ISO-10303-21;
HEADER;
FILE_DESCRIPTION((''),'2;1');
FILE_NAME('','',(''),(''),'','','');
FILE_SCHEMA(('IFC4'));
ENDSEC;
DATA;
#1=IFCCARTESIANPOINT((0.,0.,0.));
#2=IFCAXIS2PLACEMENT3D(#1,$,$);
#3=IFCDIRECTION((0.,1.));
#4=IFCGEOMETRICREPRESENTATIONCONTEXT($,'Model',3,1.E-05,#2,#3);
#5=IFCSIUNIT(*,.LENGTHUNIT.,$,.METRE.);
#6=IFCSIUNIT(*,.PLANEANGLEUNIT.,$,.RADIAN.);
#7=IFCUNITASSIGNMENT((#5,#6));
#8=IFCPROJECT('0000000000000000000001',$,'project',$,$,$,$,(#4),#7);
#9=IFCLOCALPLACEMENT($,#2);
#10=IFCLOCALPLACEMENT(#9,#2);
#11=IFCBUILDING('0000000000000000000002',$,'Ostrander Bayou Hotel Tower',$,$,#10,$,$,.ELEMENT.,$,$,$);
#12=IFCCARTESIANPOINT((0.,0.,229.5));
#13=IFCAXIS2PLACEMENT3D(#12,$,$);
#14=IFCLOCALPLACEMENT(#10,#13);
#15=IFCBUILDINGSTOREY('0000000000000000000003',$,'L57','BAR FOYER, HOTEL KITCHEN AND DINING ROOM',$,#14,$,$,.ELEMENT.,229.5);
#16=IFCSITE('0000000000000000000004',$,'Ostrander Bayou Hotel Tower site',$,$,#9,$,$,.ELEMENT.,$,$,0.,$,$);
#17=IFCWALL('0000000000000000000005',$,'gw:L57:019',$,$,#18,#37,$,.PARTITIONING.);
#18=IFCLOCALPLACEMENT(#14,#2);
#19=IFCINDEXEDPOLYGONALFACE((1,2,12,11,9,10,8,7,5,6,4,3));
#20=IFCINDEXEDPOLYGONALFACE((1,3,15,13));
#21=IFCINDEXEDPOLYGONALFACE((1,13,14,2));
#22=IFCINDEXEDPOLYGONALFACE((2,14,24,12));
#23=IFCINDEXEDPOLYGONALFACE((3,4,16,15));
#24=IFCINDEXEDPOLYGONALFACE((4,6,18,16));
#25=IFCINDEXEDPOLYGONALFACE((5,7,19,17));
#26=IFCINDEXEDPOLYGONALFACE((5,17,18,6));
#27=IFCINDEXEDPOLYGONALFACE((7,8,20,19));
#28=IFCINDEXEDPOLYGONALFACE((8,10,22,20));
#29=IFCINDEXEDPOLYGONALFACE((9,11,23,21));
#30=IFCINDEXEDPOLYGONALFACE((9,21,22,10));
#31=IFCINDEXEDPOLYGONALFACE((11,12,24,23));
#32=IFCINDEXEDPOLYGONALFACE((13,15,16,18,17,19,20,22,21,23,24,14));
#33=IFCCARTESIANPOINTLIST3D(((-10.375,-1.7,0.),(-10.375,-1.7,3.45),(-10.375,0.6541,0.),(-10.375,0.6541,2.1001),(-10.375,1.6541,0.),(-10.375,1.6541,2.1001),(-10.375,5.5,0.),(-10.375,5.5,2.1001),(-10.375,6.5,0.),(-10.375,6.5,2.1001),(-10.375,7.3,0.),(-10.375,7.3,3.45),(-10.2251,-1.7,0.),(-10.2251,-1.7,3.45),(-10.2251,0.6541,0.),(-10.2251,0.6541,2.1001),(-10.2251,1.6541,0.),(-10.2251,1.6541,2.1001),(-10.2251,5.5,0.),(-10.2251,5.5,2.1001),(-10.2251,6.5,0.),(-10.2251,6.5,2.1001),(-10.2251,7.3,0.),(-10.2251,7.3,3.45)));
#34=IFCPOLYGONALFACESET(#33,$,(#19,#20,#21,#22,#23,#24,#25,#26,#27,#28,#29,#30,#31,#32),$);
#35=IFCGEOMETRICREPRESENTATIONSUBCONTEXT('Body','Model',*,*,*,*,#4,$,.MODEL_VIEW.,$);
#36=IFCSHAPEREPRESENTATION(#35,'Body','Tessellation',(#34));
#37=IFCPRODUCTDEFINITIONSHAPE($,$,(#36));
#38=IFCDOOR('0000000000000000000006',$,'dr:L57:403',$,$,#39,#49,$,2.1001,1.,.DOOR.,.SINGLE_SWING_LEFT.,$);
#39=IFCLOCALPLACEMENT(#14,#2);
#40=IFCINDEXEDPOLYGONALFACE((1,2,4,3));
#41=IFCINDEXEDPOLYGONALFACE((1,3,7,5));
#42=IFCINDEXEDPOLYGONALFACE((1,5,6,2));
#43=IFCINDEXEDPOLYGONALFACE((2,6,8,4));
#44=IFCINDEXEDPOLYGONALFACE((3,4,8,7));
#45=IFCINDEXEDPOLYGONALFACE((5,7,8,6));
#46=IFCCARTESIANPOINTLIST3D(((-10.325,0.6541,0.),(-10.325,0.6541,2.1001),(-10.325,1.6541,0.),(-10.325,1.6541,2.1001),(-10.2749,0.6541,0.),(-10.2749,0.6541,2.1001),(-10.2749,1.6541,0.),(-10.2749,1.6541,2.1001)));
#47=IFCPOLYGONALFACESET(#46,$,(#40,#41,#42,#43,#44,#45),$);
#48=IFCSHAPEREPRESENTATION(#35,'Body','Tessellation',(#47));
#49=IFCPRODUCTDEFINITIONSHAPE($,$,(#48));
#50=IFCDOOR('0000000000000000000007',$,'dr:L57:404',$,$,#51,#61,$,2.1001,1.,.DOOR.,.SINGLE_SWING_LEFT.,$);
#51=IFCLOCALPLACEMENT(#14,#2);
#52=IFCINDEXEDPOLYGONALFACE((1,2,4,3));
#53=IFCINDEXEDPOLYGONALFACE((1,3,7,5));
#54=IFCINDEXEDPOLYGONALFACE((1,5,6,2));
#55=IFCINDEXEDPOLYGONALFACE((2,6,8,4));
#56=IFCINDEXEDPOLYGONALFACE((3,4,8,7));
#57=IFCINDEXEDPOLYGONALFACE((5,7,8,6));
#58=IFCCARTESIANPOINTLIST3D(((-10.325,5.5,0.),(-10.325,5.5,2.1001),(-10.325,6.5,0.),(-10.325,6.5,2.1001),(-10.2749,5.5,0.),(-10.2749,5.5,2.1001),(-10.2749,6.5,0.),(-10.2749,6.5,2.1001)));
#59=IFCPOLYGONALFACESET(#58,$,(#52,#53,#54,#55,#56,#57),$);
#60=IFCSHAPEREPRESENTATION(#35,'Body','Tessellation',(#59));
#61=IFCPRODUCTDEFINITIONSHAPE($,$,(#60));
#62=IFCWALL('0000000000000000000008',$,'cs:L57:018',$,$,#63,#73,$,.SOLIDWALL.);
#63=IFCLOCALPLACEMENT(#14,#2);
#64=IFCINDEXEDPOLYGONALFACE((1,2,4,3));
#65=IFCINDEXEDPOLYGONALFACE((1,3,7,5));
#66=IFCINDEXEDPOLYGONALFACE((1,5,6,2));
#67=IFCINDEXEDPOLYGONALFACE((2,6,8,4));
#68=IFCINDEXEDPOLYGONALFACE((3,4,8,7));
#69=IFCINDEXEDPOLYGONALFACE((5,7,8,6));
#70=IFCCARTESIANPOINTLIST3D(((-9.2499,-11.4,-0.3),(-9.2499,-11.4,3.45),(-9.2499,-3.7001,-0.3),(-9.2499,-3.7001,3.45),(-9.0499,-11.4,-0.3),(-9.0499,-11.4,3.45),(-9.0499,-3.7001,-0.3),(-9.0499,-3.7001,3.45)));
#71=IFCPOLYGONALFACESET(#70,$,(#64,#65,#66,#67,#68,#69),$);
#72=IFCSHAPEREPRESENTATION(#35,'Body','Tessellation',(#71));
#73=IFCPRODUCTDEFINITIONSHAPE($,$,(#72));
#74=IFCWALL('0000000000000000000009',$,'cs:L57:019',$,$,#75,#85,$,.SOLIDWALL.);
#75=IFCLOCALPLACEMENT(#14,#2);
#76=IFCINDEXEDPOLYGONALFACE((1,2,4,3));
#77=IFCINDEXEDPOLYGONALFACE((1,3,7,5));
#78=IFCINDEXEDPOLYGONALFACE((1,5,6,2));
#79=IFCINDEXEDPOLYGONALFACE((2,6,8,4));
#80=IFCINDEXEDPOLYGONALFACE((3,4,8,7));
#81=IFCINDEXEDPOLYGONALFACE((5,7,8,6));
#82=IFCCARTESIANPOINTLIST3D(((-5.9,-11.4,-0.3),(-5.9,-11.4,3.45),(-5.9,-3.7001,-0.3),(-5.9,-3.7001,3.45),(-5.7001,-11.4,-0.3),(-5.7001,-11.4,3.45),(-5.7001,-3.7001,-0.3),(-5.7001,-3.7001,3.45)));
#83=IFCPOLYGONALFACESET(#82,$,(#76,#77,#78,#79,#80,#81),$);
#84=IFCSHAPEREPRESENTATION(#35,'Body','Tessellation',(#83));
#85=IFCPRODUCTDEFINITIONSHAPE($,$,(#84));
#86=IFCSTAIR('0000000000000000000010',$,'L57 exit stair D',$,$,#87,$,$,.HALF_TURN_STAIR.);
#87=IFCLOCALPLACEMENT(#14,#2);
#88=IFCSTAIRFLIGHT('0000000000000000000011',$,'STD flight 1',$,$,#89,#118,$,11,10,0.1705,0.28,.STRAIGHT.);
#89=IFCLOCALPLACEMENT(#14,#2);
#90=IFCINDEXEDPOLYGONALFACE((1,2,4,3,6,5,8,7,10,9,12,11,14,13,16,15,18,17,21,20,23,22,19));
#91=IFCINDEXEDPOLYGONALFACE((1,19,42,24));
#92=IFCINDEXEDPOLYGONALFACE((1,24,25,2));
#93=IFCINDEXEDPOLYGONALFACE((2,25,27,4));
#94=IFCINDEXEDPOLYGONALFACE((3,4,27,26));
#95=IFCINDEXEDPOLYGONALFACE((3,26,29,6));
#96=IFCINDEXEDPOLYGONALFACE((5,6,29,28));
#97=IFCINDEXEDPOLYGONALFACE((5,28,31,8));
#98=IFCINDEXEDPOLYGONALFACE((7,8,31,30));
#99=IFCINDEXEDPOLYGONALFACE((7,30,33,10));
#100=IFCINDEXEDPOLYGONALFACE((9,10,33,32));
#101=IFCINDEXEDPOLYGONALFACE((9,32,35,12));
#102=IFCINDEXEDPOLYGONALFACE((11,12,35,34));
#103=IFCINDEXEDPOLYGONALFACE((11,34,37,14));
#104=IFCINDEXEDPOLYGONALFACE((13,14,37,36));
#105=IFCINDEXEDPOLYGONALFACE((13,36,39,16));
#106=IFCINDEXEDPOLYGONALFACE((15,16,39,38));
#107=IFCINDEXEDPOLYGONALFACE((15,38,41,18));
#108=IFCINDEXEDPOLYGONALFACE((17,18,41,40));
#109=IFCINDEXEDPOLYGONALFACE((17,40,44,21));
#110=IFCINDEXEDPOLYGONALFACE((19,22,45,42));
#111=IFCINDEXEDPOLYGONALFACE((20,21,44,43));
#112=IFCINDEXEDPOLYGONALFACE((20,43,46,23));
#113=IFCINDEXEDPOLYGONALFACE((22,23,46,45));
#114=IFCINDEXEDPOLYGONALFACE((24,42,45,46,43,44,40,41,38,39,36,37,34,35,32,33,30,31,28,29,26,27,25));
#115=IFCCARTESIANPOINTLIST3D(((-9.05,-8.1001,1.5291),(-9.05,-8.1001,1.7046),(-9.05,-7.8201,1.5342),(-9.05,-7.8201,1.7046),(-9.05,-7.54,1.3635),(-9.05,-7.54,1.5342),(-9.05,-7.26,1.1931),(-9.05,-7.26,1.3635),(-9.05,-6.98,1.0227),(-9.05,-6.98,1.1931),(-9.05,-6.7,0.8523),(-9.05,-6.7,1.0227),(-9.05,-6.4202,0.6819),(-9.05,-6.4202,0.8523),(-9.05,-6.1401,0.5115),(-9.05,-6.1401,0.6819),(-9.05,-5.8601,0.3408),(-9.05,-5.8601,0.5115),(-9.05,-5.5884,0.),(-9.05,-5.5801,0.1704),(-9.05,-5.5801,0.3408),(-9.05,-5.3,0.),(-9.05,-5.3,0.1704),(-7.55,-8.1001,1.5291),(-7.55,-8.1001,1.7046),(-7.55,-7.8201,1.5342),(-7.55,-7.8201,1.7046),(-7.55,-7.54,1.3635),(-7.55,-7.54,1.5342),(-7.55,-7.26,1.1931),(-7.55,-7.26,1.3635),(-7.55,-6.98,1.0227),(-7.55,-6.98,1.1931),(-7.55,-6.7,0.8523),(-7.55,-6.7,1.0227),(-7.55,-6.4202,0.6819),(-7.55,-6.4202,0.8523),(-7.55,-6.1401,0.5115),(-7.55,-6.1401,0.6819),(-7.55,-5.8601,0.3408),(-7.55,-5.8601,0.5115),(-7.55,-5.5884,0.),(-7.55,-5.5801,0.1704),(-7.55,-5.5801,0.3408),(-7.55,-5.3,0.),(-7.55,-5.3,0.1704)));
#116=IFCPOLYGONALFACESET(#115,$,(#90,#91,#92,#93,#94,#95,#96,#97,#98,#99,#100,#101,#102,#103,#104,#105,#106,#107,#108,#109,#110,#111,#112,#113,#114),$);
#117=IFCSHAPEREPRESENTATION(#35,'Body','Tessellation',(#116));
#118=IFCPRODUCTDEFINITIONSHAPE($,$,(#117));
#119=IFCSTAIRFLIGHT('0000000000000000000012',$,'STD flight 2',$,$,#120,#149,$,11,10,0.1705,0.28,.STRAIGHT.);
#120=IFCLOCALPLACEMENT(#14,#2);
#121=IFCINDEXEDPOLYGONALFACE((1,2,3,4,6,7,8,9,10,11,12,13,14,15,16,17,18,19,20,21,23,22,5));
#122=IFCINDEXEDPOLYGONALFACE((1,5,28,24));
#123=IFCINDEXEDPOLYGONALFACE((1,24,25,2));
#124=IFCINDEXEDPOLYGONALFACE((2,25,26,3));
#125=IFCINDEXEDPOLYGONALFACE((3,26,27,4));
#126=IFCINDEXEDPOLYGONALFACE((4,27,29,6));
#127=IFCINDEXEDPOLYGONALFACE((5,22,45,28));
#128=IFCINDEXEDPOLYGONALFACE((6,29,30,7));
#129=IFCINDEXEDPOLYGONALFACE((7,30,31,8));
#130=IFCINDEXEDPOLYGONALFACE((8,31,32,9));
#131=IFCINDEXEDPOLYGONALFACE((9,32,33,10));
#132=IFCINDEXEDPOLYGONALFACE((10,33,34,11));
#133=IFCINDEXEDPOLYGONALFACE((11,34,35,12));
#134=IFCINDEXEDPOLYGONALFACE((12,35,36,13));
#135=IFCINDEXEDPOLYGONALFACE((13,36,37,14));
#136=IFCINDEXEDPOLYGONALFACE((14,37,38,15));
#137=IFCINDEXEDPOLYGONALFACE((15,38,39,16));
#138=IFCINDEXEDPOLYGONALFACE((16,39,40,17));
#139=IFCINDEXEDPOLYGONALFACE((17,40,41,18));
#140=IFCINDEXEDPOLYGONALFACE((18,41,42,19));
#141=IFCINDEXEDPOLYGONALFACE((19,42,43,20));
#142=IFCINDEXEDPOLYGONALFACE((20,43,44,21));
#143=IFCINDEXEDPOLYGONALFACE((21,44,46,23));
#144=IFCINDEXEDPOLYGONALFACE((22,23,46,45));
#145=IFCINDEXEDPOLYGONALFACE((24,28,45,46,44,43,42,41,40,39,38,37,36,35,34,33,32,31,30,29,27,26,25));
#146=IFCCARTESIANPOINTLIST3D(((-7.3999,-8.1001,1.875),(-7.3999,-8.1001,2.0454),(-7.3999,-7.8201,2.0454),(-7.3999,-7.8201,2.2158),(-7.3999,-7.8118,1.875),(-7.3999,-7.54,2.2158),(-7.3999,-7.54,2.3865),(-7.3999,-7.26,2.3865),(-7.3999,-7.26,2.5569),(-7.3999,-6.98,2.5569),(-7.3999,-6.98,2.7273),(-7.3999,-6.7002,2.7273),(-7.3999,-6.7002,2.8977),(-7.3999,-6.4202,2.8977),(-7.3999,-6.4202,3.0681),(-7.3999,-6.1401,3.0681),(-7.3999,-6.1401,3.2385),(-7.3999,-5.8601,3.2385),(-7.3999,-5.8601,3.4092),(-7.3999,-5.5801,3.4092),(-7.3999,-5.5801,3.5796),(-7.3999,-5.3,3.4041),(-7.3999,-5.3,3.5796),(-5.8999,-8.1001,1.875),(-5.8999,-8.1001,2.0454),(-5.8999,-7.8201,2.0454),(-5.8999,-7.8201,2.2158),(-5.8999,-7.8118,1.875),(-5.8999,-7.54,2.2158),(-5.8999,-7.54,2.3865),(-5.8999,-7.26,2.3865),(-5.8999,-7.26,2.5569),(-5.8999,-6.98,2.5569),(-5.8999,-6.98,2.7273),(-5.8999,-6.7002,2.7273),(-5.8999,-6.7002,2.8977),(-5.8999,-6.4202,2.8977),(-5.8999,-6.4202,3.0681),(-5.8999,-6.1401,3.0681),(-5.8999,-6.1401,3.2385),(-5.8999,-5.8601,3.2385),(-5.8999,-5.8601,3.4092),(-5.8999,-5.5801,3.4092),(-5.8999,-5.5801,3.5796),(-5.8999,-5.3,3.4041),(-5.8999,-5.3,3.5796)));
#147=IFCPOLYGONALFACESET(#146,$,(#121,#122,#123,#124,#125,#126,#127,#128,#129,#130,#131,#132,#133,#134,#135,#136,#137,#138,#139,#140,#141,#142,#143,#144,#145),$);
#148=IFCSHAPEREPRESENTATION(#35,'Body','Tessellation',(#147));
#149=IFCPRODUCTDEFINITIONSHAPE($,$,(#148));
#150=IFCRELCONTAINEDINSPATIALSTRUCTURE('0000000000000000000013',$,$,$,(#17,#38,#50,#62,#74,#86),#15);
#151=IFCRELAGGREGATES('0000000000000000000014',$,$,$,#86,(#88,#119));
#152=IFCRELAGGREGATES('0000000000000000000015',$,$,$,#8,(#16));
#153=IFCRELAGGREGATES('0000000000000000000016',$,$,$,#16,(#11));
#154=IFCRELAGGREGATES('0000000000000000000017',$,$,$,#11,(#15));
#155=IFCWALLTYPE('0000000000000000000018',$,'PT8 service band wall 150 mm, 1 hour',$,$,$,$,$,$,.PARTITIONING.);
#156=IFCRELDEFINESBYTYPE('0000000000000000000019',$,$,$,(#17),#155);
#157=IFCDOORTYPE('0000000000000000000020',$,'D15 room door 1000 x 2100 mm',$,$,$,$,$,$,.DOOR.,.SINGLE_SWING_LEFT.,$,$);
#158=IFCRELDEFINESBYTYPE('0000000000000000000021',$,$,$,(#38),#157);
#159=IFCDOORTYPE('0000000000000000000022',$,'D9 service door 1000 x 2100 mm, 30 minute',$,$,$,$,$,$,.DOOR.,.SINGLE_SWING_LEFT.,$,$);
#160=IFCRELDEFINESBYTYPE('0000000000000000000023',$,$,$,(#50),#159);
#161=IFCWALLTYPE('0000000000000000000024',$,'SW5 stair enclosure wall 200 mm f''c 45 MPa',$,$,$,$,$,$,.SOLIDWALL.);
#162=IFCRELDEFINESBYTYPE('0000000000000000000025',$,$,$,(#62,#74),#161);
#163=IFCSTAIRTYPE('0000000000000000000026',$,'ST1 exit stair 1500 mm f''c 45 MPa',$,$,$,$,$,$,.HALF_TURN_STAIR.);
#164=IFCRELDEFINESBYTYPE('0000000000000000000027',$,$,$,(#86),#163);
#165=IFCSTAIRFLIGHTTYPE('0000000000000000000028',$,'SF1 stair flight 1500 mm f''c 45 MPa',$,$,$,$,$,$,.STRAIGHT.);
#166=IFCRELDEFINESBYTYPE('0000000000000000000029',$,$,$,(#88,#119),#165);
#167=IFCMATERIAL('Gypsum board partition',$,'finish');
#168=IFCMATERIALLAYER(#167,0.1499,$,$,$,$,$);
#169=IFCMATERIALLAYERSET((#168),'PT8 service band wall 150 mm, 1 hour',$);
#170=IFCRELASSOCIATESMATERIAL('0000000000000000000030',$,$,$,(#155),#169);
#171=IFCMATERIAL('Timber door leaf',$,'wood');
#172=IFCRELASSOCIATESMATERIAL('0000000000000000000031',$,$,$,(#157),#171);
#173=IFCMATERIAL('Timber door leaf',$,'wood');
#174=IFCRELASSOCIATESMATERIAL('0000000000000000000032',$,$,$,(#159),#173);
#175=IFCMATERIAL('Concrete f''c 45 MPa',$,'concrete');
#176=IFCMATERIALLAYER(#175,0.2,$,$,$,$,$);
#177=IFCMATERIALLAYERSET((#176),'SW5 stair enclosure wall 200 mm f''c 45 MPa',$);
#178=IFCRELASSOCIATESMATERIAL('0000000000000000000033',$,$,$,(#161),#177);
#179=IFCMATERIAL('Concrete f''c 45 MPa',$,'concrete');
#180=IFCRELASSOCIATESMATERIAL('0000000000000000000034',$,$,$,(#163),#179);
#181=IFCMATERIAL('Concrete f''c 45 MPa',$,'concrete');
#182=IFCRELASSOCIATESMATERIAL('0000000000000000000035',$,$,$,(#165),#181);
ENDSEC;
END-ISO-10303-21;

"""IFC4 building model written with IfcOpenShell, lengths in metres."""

from ifc_helpers import new_model, si_unit, direction, frame, frame_2d, origin, place, context, subcontext, project, spatial, polyline, rectangle, outline, extrude, material, layer, layer_set, type_object, element, fill, aggregate, save


model = new_model("IFC4")

# Units and contexts
model_context = context("Model", 3, precision=1e-05, world=origin(), true_north=direction((0.0, 1.0)))
body_context = subcontext(model_context, "Body", "Model", "MODEL_VIEW")
ifc_project = project(units=[si_unit("LENGTHUNIT", "METRE"), si_unit("PLANEANGLEUNIT", "RADIAN")], contexts=[model_context])

# Site, building, storey
site_placement = place(None, origin())
site = spatial("IfcSite", under=ifc_project, at=site_placement, Name="Ostrander Bayou Hotel Tower site", CompositionType="ELEMENT", RefElevation=0.0)
building_placement = place(site_placement, origin())
building = spatial("IfcBuilding", under=site, at=building_placement, Name="Ostrander Bayou Hotel Tower", CompositionType="ELEMENT")
storey_placement = place(building_placement, frame((0.0, 0.0, 229.5)))
storey = spatial("IfcBuildingStorey", under=building, at=storey_placement, Name="L57", Description="BAR FOYER, HOTEL KITCHEN AND DINING ROOM", CompositionType="ELEMENT", Elevation=229.5)

# Shared definitions
ifc_material_1 = material(Name="Gypsum board partition", Category="finish")
ifc_layer_1 = layer(ifc_material_1, 0.1499)
ifc_layer_set_1 = layer_set([ifc_layer_1], Name="PT8 service band wall 150 mm, 1 hour")
wall_type_1 = type_object("IfcWallType", Name="PT8 service band wall 150 mm, 1 hour", PredefinedType="PARTITIONING", material=ifc_layer_set_1)

# Shared definitions
ifc_material_2 = material(Name="Timber door leaf", Category="wood")
door_type_1 = type_object("IfcDoorType", Name="D15 room door 1000 x 2100 mm", OperationType="SINGLE_SWING_LEFT", PredefinedType="DOOR", material=ifc_material_2)

# Wall, openings, doors
wall_1_placement = place(storey_placement, frame((-10.3, -1.7, 0.0), z_axis=(0.0, 0.0, 1.0), x_axis=(0.0, 1.0, 0.0)))
wall_1 = element("IfcWall", 1, at=wall_1_placement, inside=storey, type_object=wall_type_1, Name="gw:L57:019", PredefinedType="PARTITIONING", context=body_context, shape_type="SweptSolid", body=[
    extrude(rectangle(XDim=9.0, YDim=0.1499, at=frame_2d((4.5, 0.0))), origin(), (0.0, 0.0, 1.0), 3.45),
])
opening_1_placement = place(wall_1_placement, frame((2.354, 0.0, 0.0)))
opening_1 = element("IfcOpeningElement", 2, at=opening_1_placement, cuts=wall_1, PredefinedType="OPENING", context=body_context, shape_type="SweptSolid", body=[
    extrude(rectangle(XDim=1.0, YDim=2.1001, at=frame_2d((0.5, 1.05))), frame((0.0, 0.075, 0.0), z_axis=(0.0, -1.0, 0.0), x_axis=(1.0, 0.0, 0.0)), (0.0, 0.0, 1.0), 0.1499),
])
opening_2_placement = place(wall_1_placement, frame((7.2, 0.0, 0.0)))
opening_2 = element("IfcOpeningElement", 3, at=opening_2_placement, cuts=wall_1, PredefinedType="OPENING", context=body_context, shape_type="SweptSolid", body=[
    extrude(rectangle(XDim=1.0, YDim=2.1001, at=frame_2d((0.5, 1.05))), frame((0.0, 0.075, 0.0), z_axis=(0.0, -1.0, 0.0), x_axis=(1.0, 0.0, 0.0)), (0.0, 0.0, 1.0), 0.1499),
])
door_1_placement = place(opening_1_placement, origin())
door_1 = element("IfcDoor", 4, at=door_1_placement, inside=storey, type_object=door_type_1, Name="dr:L57:403", OperationType="SINGLE_SWING_LEFT", OverallHeight=2.1001, OverallWidth=1.0, PredefinedType="DOOR", context=body_context, shape_type="SweptSolid", body=[
    extrude(rectangle(XDim=1.0, YDim=2.1001, at=frame_2d((0.5, 1.05))), frame((0.0, 0.0249, 0.0), z_axis=(0.0, -1.0, 0.0), x_axis=(1.0, 0.0, 0.0)), (0.0, 0.0, 1.0), 0.05),
])
fill(opening_1, door_1)
ifc_material_3 = material(Name="Timber door leaf", Category="wood")
door_type_2 = type_object("IfcDoorType", Name="D9 service door 1000 x 2100 mm, 30 minute", OperationType="SINGLE_SWING_LEFT", PredefinedType="DOOR", material=ifc_material_3)
door_2_placement = place(opening_2_placement, origin())
door_2 = element("IfcDoor", 5, at=door_2_placement, inside=storey, type_object=door_type_2, Name="dr:L57:404", OperationType="SINGLE_SWING_LEFT", OverallHeight=2.1001, OverallWidth=1.0, PredefinedType="DOOR", context=body_context, shape_type="SweptSolid", body=[
    extrude(rectangle(XDim=1.0, YDim=2.1001, at=frame_2d((0.5, 1.05))), frame((0.0, 0.0249, 0.0), z_axis=(0.0, -1.0, 0.0), x_axis=(1.0, 0.0, 0.0)), (0.0, 0.0, 1.0), 0.05),
])
fill(opening_2, door_2)

# Shared definitions
ifc_material_4 = material(Name="Concrete f'c 45 MPa", Category="concrete")
ifc_layer_2 = layer(ifc_material_4, 0.2)
ifc_layer_set_2 = layer_set([ifc_layer_2], Name="SW5 stair enclosure wall 200 mm f'c 45 MPa")
wall_type_2 = type_object("IfcWallType", Name="SW5 stair enclosure wall 200 mm f'c 45 MPa", PredefinedType="SOLIDWALL", material=ifc_layer_set_2)

# Walls
for number, where, z_axis, x_axis, name in (
    (6, (-9.1499, -3.7, -0.3), (0.0, 0.0, 1.0), (0.0, -1.0, 0.0), "cs:L57:018"),
    (7, (-5.8, -3.7, -0.3), (0.0, 0.0, 1.0), (0.0, -1.0, 0.0), "cs:L57:019"),
):
    element("IfcWall", number, at=place(storey_placement, frame(where, z_axis=z_axis, x_axis=x_axis)), inside=storey, type_object=wall_type_2, Name=name, PredefinedType="SOLIDWALL", context=body_context, shape_type="SweptSolid", body=[
        extrude(rectangle(XDim=7.7, YDim=0.2, at=frame_2d((3.8501, 0.0))), origin(), (0.0, 0.0, 1.0), 3.75),
    ])

# Stair, stair flights
ifc_material_5 = material(Name="Concrete f'c 45 MPa", Category="concrete")
stair_type = type_object("IfcStairType", Name="ST1 exit stair 1500 mm f'c 45 MPa", PredefinedType="HALF_TURN_STAIR", material=ifc_material_5)
stair_placement = place(storey_placement, origin())
stair = element("IfcStair", 8, at=stair_placement, inside=storey, type_object=stair_type, Name="L57 exit stair D", PredefinedType="HALF_TURN_STAIR")
ifc_material_6 = material(Name="Concrete f'c 45 MPa", Category="concrete")
stair_flight_type = type_object("IfcStairFlightType", Name="SF1 stair flight 1500 mm f'c 45 MPa", PredefinedType="STRAIGHT", material=ifc_material_6)
stair_flight_1_placement = place(storey_placement, frame((-8.3, -5.3, 0.0), z_axis=(0.0, 0.0, 1.0), x_axis=(0.0, -1.0, 0.0)))
stair_flight_1 = element("IfcStairFlight", 9, at=stair_flight_1_placement, type_object=stair_flight_type, Name="STD flight 1", NumberOfRisers=11, NumberOfTreads=10, PredefinedType="STRAIGHT", RiserHeight=0.1705, TreadLength=0.28, context=body_context, shape_type="SweptSolid", body=[
    extrude(outline(polyline([(0.0, 0.0), (0.0, 0.1704), (0.28, 0.1704), (0.28, 0.3408), (0.5601, 0.3408), (0.5601, 0.5115), (0.8401, 0.5115), (0.8401, 0.6819), (1.1201, 0.6819), (1.1201, 0.8523), (1.3999, 0.8523), (1.3999, 1.0227), (1.6799, 1.0227), (1.6799, 1.1931), (1.96, 1.1931), (1.96, 1.3635), (2.24, 1.3635), (2.24, 1.5342), (2.52, 1.5342), (2.52, 1.7046), (2.8, 1.7046), (2.8, 1.875), (2.8, 1.5291), (0.2883, 0.0), (0.0, 0.0)])), frame((0.0, 0.75, 0.0), z_axis=(0.0, -1.0, 0.0), x_axis=(1.0, 0.0, 0.0)), (0.0, 0.0, 1.0), 1.5),
])
stair_flight_2_placement = place(storey_placement, frame((-6.6499, -8.1001, 1.875), z_axis=(0.0, 0.0, 1.0), x_axis=(0.0, 1.0, 0.0)))
stair_flight_2 = element("IfcStairFlight", 10, at=stair_flight_2_placement, type_object=stair_flight_type, Name="STD flight 2", NumberOfRisers=11, NumberOfTreads=10, PredefinedType="STRAIGHT", RiserHeight=0.1705, TreadLength=0.28, context=body_context, shape_type="SweptSolid", body=[
    extrude(outline(polyline([(0.0, 0.0), (0.0, 0.1704), (0.28, 0.1704), (0.28, 0.3408), (0.5601, 0.3408), (0.5601, 0.5115), (0.8401, 0.5115), (0.8401, 0.6819), (1.1201, 0.6819), (1.1201, 0.8523), (1.3999, 0.8523), (1.3999, 1.0227), (1.6799, 1.0227), (1.6799, 1.1931), (1.96, 1.1931), (1.96, 1.3635), (2.24, 1.3635), (2.24, 1.5342), (2.52, 1.5342), (2.52, 1.7046), (2.8, 1.7046), (2.8, 1.875), (2.8, 1.5291), (0.2883, 0.0), (0.0, 0.0)])), frame((0.0, 0.75, 0.0), z_axis=(0.0, -1.0, 0.0), x_axis=(1.0, 0.0, 0.0)), (0.0, 0.0, 1.0), 1.5),
])
aggregate(stair, [stair_flight_1, stair_flight_2])

save(model, "model.ifc")
